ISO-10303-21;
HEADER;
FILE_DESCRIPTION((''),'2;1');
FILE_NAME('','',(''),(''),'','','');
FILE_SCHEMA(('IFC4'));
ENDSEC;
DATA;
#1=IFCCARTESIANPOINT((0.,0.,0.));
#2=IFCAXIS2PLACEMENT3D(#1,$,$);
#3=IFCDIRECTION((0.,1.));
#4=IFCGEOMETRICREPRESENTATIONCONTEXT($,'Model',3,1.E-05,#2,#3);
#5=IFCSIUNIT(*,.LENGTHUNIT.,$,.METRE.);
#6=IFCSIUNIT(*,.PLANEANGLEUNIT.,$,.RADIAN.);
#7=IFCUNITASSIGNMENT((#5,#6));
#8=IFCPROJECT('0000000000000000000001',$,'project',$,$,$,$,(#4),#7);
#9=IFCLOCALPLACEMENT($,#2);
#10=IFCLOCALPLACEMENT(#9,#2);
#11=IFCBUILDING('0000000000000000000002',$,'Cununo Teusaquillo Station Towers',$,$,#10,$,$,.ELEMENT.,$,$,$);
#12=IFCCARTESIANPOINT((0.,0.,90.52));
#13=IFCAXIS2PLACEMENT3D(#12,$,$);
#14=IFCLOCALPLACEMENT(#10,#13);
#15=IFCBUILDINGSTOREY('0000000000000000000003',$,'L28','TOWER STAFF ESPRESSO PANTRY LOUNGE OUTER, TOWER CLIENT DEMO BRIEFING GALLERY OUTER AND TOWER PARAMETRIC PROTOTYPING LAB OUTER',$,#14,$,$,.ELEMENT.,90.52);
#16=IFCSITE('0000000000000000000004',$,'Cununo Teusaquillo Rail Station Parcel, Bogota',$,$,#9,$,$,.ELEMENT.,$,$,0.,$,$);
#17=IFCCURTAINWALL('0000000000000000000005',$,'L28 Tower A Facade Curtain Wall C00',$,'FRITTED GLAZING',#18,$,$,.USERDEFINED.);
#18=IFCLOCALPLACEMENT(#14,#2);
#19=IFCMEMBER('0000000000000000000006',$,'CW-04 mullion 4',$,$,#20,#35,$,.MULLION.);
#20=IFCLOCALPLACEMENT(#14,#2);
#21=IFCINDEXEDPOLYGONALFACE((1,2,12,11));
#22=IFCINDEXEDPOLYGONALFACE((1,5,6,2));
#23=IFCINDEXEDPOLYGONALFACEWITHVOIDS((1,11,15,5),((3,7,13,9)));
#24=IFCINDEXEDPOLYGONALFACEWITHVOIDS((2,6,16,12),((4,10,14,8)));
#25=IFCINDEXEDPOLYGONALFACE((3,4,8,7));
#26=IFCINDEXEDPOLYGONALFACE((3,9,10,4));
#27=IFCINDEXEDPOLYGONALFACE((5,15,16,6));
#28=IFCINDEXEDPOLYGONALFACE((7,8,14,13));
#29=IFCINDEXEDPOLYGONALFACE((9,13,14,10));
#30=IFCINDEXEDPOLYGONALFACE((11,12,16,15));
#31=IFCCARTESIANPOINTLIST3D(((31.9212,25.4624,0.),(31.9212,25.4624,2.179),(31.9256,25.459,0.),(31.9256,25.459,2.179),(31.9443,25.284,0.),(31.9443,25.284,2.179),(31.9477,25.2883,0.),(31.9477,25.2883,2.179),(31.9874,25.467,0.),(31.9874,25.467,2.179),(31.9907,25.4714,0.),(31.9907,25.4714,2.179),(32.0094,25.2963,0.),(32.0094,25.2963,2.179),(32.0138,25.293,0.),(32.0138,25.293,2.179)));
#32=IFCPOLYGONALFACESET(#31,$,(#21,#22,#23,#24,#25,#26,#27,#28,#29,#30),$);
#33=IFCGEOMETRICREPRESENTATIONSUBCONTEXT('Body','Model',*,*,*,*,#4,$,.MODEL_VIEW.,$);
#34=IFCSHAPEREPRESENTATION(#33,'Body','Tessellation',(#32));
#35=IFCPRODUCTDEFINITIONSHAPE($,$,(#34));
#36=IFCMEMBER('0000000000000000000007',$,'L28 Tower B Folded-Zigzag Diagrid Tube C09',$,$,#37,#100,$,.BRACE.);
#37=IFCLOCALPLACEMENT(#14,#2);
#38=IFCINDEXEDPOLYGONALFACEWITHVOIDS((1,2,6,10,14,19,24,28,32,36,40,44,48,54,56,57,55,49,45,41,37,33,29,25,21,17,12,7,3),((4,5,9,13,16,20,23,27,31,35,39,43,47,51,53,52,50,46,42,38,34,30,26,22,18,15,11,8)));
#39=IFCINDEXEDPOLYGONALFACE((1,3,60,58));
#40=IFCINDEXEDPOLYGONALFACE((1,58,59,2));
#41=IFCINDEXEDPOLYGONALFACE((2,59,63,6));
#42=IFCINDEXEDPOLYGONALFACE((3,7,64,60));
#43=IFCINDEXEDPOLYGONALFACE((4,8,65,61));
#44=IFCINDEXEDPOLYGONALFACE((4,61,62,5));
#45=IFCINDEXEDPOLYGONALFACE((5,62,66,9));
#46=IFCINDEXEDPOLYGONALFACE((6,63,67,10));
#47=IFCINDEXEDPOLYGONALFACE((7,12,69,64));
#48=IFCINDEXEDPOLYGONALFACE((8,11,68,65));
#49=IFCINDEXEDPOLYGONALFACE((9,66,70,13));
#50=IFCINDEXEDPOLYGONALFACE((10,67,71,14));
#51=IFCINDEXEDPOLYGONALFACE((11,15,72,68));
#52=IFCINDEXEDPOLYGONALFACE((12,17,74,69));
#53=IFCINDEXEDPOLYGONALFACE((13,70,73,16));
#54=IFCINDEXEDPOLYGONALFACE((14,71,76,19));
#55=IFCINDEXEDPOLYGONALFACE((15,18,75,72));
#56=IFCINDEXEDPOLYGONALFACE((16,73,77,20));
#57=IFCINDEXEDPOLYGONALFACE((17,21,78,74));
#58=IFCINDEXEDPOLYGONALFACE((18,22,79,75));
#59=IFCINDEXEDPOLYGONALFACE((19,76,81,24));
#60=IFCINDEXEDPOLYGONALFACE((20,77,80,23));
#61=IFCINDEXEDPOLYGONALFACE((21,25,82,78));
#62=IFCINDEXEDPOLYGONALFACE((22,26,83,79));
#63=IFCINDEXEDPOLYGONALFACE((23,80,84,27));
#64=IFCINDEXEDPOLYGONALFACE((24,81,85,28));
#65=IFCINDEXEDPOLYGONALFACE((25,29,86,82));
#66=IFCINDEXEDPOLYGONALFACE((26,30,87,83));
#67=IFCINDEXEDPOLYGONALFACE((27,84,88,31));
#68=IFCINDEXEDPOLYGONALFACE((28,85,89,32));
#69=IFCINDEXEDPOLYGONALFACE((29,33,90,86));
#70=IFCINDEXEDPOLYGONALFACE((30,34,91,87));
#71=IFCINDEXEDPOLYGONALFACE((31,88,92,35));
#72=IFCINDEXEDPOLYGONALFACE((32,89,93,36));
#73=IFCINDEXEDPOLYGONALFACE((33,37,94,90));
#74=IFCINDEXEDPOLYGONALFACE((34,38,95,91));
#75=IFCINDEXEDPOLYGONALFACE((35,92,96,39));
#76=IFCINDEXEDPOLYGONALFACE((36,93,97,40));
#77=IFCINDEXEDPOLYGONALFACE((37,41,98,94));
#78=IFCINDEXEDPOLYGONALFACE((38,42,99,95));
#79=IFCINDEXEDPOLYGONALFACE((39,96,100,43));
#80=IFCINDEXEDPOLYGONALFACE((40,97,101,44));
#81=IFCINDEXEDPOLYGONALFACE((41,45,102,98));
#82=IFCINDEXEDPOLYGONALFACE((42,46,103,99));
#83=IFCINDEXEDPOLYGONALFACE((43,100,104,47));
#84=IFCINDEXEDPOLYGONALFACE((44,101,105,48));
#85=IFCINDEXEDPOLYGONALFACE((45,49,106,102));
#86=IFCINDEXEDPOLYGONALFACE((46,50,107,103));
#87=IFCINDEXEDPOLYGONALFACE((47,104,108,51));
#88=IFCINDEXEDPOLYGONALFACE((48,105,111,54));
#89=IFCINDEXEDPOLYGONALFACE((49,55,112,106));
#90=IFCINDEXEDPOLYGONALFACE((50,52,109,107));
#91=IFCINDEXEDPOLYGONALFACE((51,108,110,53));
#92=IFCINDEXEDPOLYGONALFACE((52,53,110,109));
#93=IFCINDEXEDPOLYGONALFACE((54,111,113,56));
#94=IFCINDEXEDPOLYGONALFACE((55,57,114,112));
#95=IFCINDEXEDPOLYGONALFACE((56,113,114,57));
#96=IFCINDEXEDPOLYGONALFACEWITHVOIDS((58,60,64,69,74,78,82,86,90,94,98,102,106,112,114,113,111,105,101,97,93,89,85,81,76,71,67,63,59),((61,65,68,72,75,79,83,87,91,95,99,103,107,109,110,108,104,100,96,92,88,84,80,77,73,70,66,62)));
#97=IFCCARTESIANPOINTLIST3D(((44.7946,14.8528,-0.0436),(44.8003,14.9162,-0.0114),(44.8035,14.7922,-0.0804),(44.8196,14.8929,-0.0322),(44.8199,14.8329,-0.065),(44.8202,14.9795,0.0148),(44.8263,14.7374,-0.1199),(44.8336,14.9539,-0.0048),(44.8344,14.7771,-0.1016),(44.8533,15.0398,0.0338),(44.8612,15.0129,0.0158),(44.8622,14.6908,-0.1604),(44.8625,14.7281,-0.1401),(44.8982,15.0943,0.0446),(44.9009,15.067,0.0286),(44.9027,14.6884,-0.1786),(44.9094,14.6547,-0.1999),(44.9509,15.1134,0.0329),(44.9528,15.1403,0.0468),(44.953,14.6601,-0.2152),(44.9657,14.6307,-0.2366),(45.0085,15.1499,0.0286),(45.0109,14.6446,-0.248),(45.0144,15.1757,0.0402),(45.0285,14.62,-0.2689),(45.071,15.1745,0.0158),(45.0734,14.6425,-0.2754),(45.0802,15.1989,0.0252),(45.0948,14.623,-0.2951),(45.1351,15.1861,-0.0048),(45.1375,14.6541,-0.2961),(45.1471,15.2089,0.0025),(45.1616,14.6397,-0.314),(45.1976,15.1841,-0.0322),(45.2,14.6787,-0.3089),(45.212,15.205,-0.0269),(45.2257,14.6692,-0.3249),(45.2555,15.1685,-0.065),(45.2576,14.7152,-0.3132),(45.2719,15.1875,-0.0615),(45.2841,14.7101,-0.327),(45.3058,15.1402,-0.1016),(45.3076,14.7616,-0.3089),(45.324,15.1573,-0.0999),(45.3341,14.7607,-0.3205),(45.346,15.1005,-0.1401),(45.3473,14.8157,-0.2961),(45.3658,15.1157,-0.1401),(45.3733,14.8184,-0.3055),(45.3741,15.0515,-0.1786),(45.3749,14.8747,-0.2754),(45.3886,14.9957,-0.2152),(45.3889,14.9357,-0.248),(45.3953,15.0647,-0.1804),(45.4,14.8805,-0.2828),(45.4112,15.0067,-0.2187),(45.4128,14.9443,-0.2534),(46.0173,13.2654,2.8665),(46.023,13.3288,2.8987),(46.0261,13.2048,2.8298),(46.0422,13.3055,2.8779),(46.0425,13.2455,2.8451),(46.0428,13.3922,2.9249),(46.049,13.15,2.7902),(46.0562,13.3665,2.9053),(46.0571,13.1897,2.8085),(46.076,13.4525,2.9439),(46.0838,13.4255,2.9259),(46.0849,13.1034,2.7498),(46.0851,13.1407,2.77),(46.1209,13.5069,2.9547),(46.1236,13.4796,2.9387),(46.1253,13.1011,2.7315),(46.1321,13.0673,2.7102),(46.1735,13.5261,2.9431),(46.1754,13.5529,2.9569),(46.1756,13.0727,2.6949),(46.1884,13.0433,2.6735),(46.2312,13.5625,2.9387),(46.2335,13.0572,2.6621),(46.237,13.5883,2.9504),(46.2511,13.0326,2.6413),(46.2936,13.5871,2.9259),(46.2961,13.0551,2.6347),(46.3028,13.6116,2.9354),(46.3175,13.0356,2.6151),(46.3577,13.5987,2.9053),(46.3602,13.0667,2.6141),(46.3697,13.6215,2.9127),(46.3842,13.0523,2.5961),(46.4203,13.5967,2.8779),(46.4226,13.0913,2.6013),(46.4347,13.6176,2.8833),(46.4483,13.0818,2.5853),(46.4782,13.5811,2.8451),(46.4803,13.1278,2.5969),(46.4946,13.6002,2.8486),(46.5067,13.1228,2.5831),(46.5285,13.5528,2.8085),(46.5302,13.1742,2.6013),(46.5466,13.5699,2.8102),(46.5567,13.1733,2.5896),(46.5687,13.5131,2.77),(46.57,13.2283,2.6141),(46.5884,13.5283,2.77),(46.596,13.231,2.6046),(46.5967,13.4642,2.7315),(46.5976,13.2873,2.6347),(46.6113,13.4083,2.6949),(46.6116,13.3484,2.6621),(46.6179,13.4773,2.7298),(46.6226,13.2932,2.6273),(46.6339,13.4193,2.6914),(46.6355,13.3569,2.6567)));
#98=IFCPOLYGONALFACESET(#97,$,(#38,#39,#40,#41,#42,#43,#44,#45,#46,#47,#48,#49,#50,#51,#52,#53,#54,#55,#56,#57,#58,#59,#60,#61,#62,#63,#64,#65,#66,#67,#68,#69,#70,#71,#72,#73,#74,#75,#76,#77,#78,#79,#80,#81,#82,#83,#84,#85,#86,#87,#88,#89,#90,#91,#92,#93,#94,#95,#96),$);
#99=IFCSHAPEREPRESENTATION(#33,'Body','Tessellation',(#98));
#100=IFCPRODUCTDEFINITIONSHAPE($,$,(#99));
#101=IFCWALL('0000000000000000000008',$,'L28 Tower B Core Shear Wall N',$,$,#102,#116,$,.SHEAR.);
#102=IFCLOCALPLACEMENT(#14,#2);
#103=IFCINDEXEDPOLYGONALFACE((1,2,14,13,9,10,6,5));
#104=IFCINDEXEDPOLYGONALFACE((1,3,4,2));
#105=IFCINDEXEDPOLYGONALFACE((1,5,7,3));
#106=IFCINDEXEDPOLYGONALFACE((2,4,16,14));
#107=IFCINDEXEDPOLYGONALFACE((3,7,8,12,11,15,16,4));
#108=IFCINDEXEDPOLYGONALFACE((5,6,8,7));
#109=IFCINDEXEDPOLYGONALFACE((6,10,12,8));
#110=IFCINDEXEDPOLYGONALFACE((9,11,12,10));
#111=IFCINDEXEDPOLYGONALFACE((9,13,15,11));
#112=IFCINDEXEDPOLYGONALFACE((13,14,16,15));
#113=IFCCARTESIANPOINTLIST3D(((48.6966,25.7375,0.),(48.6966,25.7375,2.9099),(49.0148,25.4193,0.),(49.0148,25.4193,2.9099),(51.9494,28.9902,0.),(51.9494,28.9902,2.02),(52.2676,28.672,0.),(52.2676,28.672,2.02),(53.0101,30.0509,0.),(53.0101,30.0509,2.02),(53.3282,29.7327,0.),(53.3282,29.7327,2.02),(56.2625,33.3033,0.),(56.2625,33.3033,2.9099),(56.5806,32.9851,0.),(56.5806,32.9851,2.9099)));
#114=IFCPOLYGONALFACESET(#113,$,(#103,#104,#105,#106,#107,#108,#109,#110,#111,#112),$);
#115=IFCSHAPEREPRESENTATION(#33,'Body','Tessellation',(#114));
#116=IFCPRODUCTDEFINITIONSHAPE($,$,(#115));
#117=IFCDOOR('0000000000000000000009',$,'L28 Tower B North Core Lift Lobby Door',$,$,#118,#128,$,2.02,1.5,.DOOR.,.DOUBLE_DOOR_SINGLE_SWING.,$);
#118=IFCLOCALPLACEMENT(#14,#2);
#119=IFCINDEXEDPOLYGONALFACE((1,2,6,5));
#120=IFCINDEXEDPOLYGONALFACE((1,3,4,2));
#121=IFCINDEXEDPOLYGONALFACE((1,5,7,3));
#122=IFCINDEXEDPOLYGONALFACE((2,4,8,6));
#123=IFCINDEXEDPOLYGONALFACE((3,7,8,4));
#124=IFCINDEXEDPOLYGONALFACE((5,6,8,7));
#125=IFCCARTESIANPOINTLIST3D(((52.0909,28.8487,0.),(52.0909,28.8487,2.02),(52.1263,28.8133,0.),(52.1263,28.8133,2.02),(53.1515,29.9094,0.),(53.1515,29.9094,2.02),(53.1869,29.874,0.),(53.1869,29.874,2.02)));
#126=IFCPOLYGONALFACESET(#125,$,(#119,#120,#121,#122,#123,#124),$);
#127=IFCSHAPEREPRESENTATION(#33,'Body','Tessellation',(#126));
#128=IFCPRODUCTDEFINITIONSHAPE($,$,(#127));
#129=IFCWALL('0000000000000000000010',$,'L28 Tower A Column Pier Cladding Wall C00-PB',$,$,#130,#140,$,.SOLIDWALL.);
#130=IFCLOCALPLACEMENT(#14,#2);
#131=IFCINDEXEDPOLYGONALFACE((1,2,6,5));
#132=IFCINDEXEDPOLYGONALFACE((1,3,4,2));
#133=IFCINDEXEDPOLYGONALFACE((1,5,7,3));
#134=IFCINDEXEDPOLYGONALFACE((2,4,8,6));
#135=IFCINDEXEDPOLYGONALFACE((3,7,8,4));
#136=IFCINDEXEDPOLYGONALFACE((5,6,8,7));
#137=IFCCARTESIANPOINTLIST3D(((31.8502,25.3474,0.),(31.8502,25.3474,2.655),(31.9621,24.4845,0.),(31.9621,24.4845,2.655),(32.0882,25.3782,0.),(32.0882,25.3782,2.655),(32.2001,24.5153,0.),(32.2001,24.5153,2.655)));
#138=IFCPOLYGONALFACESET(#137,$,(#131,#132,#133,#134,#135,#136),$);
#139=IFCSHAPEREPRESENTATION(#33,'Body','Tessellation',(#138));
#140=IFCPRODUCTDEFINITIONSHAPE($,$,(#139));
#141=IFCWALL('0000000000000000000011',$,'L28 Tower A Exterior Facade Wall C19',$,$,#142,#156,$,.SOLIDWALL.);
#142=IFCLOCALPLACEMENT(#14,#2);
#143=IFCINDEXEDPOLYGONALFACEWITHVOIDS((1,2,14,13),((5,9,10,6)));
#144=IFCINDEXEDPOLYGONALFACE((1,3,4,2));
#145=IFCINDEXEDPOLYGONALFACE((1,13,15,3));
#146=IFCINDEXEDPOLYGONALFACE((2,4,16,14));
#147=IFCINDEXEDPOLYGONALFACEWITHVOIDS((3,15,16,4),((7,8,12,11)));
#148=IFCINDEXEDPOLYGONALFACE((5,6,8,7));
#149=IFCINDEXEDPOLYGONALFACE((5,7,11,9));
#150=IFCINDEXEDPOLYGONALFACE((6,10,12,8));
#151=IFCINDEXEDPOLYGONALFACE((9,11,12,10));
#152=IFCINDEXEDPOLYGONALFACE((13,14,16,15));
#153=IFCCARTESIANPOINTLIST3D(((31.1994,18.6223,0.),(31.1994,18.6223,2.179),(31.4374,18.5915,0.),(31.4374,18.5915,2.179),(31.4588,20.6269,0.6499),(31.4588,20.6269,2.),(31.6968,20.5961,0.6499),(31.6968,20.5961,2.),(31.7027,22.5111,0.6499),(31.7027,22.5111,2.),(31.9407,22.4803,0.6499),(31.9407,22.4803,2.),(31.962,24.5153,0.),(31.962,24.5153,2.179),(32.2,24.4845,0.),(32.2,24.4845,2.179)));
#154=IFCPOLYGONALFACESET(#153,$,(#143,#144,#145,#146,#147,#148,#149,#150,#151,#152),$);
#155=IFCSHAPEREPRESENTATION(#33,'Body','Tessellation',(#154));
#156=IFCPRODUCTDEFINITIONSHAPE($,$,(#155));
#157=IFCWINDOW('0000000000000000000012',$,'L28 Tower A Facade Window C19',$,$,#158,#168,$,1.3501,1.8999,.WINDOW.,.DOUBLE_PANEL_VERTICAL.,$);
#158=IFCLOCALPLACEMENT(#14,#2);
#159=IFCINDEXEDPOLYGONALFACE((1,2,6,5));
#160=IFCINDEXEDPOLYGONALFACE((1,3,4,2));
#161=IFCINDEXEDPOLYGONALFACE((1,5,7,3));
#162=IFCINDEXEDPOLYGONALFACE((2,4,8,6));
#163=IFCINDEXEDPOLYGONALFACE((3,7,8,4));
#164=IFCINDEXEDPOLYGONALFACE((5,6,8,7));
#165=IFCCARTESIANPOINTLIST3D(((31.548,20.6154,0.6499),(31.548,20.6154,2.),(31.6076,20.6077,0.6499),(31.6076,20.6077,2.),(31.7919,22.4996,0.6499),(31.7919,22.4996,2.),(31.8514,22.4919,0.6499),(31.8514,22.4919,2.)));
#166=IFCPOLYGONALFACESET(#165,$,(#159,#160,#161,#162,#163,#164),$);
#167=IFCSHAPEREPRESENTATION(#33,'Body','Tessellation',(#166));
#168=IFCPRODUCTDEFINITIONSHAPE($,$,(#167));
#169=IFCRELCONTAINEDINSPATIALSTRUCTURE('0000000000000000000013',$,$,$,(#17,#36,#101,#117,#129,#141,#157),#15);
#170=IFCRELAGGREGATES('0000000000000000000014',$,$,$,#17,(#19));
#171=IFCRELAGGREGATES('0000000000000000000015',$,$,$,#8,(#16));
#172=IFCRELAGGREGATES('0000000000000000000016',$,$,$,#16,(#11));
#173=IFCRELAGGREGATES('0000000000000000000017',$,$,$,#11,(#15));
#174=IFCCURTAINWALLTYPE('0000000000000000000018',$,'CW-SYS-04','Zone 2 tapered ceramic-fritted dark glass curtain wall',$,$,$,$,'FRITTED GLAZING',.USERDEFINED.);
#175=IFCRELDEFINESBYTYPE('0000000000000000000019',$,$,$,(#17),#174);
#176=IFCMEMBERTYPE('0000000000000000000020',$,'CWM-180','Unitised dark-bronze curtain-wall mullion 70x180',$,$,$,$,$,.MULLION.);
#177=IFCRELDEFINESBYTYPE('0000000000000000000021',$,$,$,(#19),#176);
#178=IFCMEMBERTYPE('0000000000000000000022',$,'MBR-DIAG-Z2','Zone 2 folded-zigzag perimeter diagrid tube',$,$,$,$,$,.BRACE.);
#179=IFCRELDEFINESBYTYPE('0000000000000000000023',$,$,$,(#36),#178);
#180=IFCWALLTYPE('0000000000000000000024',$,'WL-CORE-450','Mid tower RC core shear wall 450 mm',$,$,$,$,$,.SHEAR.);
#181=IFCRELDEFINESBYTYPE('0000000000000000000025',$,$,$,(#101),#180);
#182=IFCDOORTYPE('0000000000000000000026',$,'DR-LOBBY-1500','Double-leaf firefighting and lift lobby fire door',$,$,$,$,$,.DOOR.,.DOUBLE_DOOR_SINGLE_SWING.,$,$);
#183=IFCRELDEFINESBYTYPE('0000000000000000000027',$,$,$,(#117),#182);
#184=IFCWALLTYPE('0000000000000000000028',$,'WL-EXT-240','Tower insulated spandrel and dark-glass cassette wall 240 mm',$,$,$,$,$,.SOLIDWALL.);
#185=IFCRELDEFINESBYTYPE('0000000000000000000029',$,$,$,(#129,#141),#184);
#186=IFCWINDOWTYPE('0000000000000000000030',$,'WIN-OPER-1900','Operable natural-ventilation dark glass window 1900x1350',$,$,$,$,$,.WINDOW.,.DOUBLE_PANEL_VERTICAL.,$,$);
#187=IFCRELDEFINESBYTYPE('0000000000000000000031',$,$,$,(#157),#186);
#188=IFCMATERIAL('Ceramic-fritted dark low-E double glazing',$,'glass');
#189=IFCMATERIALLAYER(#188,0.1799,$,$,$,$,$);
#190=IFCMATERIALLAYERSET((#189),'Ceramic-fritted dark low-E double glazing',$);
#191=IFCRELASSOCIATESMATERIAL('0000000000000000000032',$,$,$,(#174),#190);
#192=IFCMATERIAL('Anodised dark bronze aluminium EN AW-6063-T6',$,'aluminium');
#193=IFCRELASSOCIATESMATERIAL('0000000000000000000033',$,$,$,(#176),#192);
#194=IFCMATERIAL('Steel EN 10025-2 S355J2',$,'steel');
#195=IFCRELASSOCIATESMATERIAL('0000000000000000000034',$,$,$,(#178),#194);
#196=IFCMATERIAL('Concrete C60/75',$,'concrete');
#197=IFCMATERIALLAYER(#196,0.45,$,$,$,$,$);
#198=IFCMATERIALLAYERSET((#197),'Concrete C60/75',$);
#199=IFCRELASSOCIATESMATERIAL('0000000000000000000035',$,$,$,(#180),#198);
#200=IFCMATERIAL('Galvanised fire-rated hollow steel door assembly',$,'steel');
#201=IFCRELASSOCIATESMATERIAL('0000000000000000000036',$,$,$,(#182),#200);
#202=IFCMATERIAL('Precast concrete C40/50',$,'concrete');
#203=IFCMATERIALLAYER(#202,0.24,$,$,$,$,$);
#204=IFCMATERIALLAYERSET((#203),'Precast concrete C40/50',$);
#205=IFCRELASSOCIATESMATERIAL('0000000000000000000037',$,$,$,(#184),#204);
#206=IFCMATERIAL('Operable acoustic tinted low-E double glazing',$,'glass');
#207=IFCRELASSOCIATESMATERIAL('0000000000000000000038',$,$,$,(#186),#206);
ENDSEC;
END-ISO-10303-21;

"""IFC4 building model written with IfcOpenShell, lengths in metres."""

from ifc_helpers import new_model, si_unit, direction, frame, frame_2d, origin, origin_2d, place, context, subcontext, project, spatial, rectangle, hollow_rectangle, hollow_circle, extrude, source, transform, mapped, material, layer, layer_set, material_profile, profile_set, type_object, element, fill, aggregate, save


model = new_model("IFC4")

# Units and contexts
model_context = context("Model", 3, precision=1e-05, world=origin(), true_north=direction((0.0, 1.0)))
body_context = subcontext(model_context, "Body", "Model", "MODEL_VIEW")
ifc_project = project(units=[si_unit("LENGTHUNIT", "METRE"), si_unit("PLANEANGLEUNIT", "RADIAN")], contexts=[model_context])

# Site, building, storey
site_placement = place(None, origin())
site = spatial("IfcSite", under=ifc_project, at=site_placement, Name="Cununo Teusaquillo Rail Station Parcel, Bogota", CompositionType="ELEMENT", RefElevation=0.0)
building_placement = place(site_placement, origin())
building = spatial("IfcBuilding", under=site, at=building_placement, Name="Cununo Teusaquillo Station Towers", CompositionType="ELEMENT")
storey_placement = place(building_placement, frame((0.0, 0.0, 90.52)))
storey = spatial("IfcBuildingStorey", under=building, at=storey_placement, Name="L28", Description="TOWER STAFF ESPRESSO PANTRY LOUNGE OUTER, TOWER CLIENT DEMO BRIEFING GALLERY OUTER AND TOWER PARAMETRIC PROTOTYPING LAB OUTER", CompositionType="ELEMENT", Elevation=90.52)

# Curtain wall, member
ifc_material_1 = material(Name="Ceramic-fritted dark low-E double glazing", Category="glass")
ifc_layer_1 = layer(ifc_material_1, 0.1799)
ifc_layer_set_1 = layer_set([ifc_layer_1], Name="Ceramic-fritted dark low-E double glazing")
curtain_wall_type = type_object("IfcCurtainWallType", Name="CW-SYS-04", Description="Zone 2 tapered ceramic-fritted dark glass curtain wall", ElementType="FRITTED GLAZING", PredefinedType="USERDEFINED", material=ifc_layer_set_1)
curtain_wall_placement = place(storey_placement, origin())
curtain_wall = element("IfcCurtainWall", 1, at=curtain_wall_placement, inside=storey, type_object=curtain_wall_type, Name="L28 Tower A Facade Curtain Wall C00", ObjectType="FRITTED GLAZING", PredefinedType="USERDEFINED")
ifc_material_2 = material(Name="Anodised dark bronze aluminium EN AW-6063-T6", Category="aluminium")
ifc_material_profile_1 = material_profile(ifc_material_2, hollow_rectangle(XDim=0.0701, YDim=0.1799, WallThickness=0.0039, at=origin_2d()), Name="CW-MULL-70x180")
ifc_profile_set_1 = profile_set([ifc_material_profile_1], Name="Anodised dark bronze aluminium EN AW-6063-T6")
member_type_1 = type_object("IfcMemberType", Name="CWM-180", Description="Unitised dark-bronze curtain-wall mullion 70x180", PredefinedType="MULLION", material=ifc_profile_set_1)
member_1_placement = place(storey_placement, frame((31.9675, 25.3777, 0.0), z_axis=(0.0, 0.0, 1.0), x_axis=(0.991731, 0.128336, 0.0)))
member_1 = element("IfcMember", 2, at=member_1_placement, type_object=member_type_1, Name="CW-04 mullion 4", PredefinedType="MULLION", context=body_context, shape_type="SweptSolid", body=[
    extrude(hollow_rectangle(XDim=0.0701, YDim=0.1799, WallThickness=0.0039, at=origin_2d()), origin(), (0.0, 0.0, 1.0), 2.179),
])
aggregate(curtain_wall, [member_1])

# Member
ifc_material_3 = material(Name="Steel EN 10025-2 S355J2", Category="steel")
ifc_material_profile_2 = material_profile(ifc_material_3, hollow_circle(Radius=0.3301, WallThickness=0.0249, at=origin_2d()), Name="CHS 660x25")
ifc_profile_set_2 = profile_set([ifc_material_profile_2], Name="Steel EN 10025-2 S355J2")
member_type_2 = type_object("IfcMemberType", Name="MBR-DIAG-Z2", Description="Zone 2 folded-zigzag perimeter diagrid tube", PredefinedType="BRACE", material=ifc_profile_set_2)
member_2_placement = place(storey_placement, frame((45.1042, 14.9143, -0.1401), z_axis=(0.346044, -0.449277, 0.823652), x_axis=(0.792243, 0.610205, 0.0)))
element("IfcMember", 3, at=member_2_placement, inside=storey, type_object=member_type_2, Name="L28 Tower B Folded-Zigzag Diagrid Tube C09", PredefinedType="BRACE", context=body_context, shape_type="SweptSolid", body=[
    extrude(hollow_circle(Radius=0.3301, WallThickness=0.0249, at=origin_2d()), origin(), (0.0, 0.0, 1.0), 3.5332),
])

# Wall, opening, door
ifc_material_4 = material(Name="Concrete C60/75", Category="concrete")
ifc_layer_2 = layer(ifc_material_4, 0.45)
ifc_layer_set_2 = layer_set([ifc_layer_2], Name="Concrete C60/75")
wall_type_1 = type_object("IfcWallType", Name="WL-CORE-450", Description="Mid tower RC core shear wall 450 mm", PredefinedType="SHEAR", material=ifc_layer_set_2)
wall_1_placement = place(storey_placement, frame((48.8557, 25.5784, 0.0), z_axis=(0.0, 0.0, 1.0), x_axis=(0.707107, 0.707107, 0.0)))
wall_1 = element("IfcWall", 4, at=wall_1_placement, inside=storey, type_object=wall_type_1, Name="L28 Tower B Core Shear Wall N", PredefinedType="SHEAR", context=body_context, shape_type="SweptSolid", body=[
    extrude(rectangle(XDim=10.6997, YDim=0.45, at=frame_2d((5.3499, 0.0))), origin(), (0.0, 0.0, 1.0), 2.9099),
])
shared_shape_1 = source(origin(), body_context, "Body", "SweptSolid", [
    extrude(rectangle(XDim=1.5, YDim=2.02, at=frame_2d((0.75, 1.01))), frame((0.0, 0.2349, 0.0), z_axis=(0.0, -1.0, 0.0), x_axis=(1.0, 0.0, 0.0)), (0.0, 0.0, 1.0), 0.47),
])
opening_1_placement = place(wall_1_placement, frame((4.6001, 0.0, 0.0)))
opening_1 = element("IfcOpeningElement", 5, at=opening_1_placement, cuts=wall_1, PredefinedType="OPENING", context=body_context, shape_type="MappedRepresentation", body=[
    mapped(shared_shape_1, transform((0.0, 0.0, 0.0), x_axis=(1.0, 0.0, 0.0), y_axis=(0.0, 1.0, 0.0), z_axis=(0.0, 0.0, 1.0), scale=1.0)),
])
ifc_material_5 = material(Name="Galvanised fire-rated hollow steel door assembly", Category="steel")
door_type_1 = type_object("IfcDoorType", Name="DR-LOBBY-1500", Description="Double-leaf firefighting and lift lobby fire door", OperationType="DOUBLE_DOOR_SINGLE_SWING", PredefinedType="DOOR", material=ifc_material_5)
shared_shape_2 = source(origin(), body_context, "Body", "SweptSolid", [
    extrude(rectangle(XDim=1.5, YDim=2.02, at=frame_2d((0.75, 1.01))), frame((0.0, 0.0249, 0.0), z_axis=(0.0, -1.0, 0.0), x_axis=(1.0, 0.0, 0.0)), (0.0, 0.0, 1.0), 0.05),
])
door_1_placement = place(opening_1_placement, origin())
door_1 = element("IfcDoor", 6, at=door_1_placement, inside=storey, type_object=door_type_1, Name="L28 Tower B North Core Lift Lobby Door", OperationType="DOUBLE_DOOR_SINGLE_SWING", OverallHeight=2.02, OverallWidth=1.5, PredefinedType="DOOR", context=body_context, shape_type="MappedRepresentation", body=[
    mapped(shared_shape_2, transform((0.0, 0.0, 0.0), x_axis=(1.0, 0.0, 0.0), y_axis=(0.0, 1.0, 0.0), z_axis=(0.0, 0.0, 1.0), scale=1.0)),
])
fill(opening_1, door_1)

# Wall
ifc_material_6 = material(Name="Precast concrete C40/50", Category="concrete")
ifc_layer_3 = layer(ifc_material_6, 0.24)
ifc_layer_set_3 = layer_set([ifc_layer_3], Name="Precast concrete C40/50")
wall_type_2 = type_object("IfcWallType", Name="WL-EXT-240", Description="Tower insulated spandrel and dark-glass cassette wall 240 mm", PredefinedType="SOLIDWALL", material=ifc_layer_set_3)
wall_2_placement = place(storey_placement, frame((31.9692, 25.3628, 0.0), z_axis=(0.0, 0.0, 1.0), x_axis=(0.128523, -0.991706, 0.0)))
element("IfcWall", 7, at=wall_2_placement, inside=storey, type_object=wall_type_2, Name="L28 Tower A Column Pier Cladding Wall C00-PB", PredefinedType="SOLIDWALL", context=body_context, shape_type="SweptSolid", body=[
    extrude(rectangle(XDim=0.8701, YDim=0.24, at=frame_2d((0.4351, 0.0))), origin(), (0.0, 0.0, 1.0), 2.655),
])

# Wall, opening, window
wall_3_placement = place(storey_placement, frame((32.0811, 24.5, 0.0), z_axis=(0.0, 0.0, 1.0), x_axis=(-0.128352, -0.991729, 0.0)))
wall_3 = element("IfcWall", 8, at=wall_3_placement, inside=storey, type_object=wall_type_2, Name="L28 Tower A Exterior Facade Wall C19", PredefinedType="SOLIDWALL", context=body_context, shape_type="SweptSolid", body=[
    extrude(rectangle(XDim=5.9421, YDim=0.24, at=frame_2d((2.9712, 0.0))), origin(), (0.0, 0.0, 1.0), 2.179),
])
shared_shape_3 = source(origin(), body_context, "Body", "SweptSolid", [
    extrude(rectangle(XDim=1.8999, YDim=1.3501, at=frame_2d((0.95, 0.675))), frame((0.0, 0.1299, 0.0), z_axis=(0.0, -1.0, 0.0), x_axis=(1.0, 0.0, 0.0)), (0.0, 0.0, 1.0), 0.26),
])
opening_2_placement = place(wall_3_placement, frame((2.021, 0.0, 0.6499)))
opening_2 = element("IfcOpeningElement", 9, at=opening_2_placement, cuts=wall_3, PredefinedType="OPENING", context=body_context, shape_type="MappedRepresentation", body=[
    mapped(shared_shape_3, transform((0.0, 0.0, 0.0), x_axis=(1.0, 0.0, 0.0), y_axis=(0.0, 1.0, 0.0), z_axis=(0.0, 0.0, 1.0), scale=1.0)),
])
ifc_material_7 = material(Name="Operable acoustic tinted low-E double glazing", Category="glass")
window_type_1 = type_object("IfcWindowType", Name="WIN-OPER-1900", Description="Operable natural-ventilation dark glass window 1900x1350", PartitioningType="DOUBLE_PANEL_VERTICAL", PredefinedType="WINDOW", material=ifc_material_7)
shared_shape_4 = source(origin(), body_context, "Body", "SweptSolid", [
    extrude(rectangle(XDim=1.8999, YDim=1.3501, at=frame_2d((0.95, 0.675))), frame((0.0, 0.03, 0.0), z_axis=(0.0, -1.0, 0.0), x_axis=(1.0, 0.0, 0.0)), (0.0, 0.0, 1.0), 0.0601),
])
window_1_placement = place(opening_2_placement, origin())
window_1 = element("IfcWindow", 10, at=window_1_placement, inside=storey, type_object=window_type_1, Name="L28 Tower A Facade Window C19", OverallHeight=1.3501, OverallWidth=1.8999, PartitioningType="DOUBLE_PANEL_VERTICAL", PredefinedType="WINDOW", context=body_context, shape_type="MappedRepresentation", body=[
    mapped(shared_shape_4, transform((0.0, 0.0, 0.0), x_axis=(1.0, 0.0, 0.0), y_axis=(0.0, 1.0, 0.0), z_axis=(0.0, 0.0, 1.0), scale=1.0)),
])
fill(opening_2, window_1)

save(model, "model.ifc")
